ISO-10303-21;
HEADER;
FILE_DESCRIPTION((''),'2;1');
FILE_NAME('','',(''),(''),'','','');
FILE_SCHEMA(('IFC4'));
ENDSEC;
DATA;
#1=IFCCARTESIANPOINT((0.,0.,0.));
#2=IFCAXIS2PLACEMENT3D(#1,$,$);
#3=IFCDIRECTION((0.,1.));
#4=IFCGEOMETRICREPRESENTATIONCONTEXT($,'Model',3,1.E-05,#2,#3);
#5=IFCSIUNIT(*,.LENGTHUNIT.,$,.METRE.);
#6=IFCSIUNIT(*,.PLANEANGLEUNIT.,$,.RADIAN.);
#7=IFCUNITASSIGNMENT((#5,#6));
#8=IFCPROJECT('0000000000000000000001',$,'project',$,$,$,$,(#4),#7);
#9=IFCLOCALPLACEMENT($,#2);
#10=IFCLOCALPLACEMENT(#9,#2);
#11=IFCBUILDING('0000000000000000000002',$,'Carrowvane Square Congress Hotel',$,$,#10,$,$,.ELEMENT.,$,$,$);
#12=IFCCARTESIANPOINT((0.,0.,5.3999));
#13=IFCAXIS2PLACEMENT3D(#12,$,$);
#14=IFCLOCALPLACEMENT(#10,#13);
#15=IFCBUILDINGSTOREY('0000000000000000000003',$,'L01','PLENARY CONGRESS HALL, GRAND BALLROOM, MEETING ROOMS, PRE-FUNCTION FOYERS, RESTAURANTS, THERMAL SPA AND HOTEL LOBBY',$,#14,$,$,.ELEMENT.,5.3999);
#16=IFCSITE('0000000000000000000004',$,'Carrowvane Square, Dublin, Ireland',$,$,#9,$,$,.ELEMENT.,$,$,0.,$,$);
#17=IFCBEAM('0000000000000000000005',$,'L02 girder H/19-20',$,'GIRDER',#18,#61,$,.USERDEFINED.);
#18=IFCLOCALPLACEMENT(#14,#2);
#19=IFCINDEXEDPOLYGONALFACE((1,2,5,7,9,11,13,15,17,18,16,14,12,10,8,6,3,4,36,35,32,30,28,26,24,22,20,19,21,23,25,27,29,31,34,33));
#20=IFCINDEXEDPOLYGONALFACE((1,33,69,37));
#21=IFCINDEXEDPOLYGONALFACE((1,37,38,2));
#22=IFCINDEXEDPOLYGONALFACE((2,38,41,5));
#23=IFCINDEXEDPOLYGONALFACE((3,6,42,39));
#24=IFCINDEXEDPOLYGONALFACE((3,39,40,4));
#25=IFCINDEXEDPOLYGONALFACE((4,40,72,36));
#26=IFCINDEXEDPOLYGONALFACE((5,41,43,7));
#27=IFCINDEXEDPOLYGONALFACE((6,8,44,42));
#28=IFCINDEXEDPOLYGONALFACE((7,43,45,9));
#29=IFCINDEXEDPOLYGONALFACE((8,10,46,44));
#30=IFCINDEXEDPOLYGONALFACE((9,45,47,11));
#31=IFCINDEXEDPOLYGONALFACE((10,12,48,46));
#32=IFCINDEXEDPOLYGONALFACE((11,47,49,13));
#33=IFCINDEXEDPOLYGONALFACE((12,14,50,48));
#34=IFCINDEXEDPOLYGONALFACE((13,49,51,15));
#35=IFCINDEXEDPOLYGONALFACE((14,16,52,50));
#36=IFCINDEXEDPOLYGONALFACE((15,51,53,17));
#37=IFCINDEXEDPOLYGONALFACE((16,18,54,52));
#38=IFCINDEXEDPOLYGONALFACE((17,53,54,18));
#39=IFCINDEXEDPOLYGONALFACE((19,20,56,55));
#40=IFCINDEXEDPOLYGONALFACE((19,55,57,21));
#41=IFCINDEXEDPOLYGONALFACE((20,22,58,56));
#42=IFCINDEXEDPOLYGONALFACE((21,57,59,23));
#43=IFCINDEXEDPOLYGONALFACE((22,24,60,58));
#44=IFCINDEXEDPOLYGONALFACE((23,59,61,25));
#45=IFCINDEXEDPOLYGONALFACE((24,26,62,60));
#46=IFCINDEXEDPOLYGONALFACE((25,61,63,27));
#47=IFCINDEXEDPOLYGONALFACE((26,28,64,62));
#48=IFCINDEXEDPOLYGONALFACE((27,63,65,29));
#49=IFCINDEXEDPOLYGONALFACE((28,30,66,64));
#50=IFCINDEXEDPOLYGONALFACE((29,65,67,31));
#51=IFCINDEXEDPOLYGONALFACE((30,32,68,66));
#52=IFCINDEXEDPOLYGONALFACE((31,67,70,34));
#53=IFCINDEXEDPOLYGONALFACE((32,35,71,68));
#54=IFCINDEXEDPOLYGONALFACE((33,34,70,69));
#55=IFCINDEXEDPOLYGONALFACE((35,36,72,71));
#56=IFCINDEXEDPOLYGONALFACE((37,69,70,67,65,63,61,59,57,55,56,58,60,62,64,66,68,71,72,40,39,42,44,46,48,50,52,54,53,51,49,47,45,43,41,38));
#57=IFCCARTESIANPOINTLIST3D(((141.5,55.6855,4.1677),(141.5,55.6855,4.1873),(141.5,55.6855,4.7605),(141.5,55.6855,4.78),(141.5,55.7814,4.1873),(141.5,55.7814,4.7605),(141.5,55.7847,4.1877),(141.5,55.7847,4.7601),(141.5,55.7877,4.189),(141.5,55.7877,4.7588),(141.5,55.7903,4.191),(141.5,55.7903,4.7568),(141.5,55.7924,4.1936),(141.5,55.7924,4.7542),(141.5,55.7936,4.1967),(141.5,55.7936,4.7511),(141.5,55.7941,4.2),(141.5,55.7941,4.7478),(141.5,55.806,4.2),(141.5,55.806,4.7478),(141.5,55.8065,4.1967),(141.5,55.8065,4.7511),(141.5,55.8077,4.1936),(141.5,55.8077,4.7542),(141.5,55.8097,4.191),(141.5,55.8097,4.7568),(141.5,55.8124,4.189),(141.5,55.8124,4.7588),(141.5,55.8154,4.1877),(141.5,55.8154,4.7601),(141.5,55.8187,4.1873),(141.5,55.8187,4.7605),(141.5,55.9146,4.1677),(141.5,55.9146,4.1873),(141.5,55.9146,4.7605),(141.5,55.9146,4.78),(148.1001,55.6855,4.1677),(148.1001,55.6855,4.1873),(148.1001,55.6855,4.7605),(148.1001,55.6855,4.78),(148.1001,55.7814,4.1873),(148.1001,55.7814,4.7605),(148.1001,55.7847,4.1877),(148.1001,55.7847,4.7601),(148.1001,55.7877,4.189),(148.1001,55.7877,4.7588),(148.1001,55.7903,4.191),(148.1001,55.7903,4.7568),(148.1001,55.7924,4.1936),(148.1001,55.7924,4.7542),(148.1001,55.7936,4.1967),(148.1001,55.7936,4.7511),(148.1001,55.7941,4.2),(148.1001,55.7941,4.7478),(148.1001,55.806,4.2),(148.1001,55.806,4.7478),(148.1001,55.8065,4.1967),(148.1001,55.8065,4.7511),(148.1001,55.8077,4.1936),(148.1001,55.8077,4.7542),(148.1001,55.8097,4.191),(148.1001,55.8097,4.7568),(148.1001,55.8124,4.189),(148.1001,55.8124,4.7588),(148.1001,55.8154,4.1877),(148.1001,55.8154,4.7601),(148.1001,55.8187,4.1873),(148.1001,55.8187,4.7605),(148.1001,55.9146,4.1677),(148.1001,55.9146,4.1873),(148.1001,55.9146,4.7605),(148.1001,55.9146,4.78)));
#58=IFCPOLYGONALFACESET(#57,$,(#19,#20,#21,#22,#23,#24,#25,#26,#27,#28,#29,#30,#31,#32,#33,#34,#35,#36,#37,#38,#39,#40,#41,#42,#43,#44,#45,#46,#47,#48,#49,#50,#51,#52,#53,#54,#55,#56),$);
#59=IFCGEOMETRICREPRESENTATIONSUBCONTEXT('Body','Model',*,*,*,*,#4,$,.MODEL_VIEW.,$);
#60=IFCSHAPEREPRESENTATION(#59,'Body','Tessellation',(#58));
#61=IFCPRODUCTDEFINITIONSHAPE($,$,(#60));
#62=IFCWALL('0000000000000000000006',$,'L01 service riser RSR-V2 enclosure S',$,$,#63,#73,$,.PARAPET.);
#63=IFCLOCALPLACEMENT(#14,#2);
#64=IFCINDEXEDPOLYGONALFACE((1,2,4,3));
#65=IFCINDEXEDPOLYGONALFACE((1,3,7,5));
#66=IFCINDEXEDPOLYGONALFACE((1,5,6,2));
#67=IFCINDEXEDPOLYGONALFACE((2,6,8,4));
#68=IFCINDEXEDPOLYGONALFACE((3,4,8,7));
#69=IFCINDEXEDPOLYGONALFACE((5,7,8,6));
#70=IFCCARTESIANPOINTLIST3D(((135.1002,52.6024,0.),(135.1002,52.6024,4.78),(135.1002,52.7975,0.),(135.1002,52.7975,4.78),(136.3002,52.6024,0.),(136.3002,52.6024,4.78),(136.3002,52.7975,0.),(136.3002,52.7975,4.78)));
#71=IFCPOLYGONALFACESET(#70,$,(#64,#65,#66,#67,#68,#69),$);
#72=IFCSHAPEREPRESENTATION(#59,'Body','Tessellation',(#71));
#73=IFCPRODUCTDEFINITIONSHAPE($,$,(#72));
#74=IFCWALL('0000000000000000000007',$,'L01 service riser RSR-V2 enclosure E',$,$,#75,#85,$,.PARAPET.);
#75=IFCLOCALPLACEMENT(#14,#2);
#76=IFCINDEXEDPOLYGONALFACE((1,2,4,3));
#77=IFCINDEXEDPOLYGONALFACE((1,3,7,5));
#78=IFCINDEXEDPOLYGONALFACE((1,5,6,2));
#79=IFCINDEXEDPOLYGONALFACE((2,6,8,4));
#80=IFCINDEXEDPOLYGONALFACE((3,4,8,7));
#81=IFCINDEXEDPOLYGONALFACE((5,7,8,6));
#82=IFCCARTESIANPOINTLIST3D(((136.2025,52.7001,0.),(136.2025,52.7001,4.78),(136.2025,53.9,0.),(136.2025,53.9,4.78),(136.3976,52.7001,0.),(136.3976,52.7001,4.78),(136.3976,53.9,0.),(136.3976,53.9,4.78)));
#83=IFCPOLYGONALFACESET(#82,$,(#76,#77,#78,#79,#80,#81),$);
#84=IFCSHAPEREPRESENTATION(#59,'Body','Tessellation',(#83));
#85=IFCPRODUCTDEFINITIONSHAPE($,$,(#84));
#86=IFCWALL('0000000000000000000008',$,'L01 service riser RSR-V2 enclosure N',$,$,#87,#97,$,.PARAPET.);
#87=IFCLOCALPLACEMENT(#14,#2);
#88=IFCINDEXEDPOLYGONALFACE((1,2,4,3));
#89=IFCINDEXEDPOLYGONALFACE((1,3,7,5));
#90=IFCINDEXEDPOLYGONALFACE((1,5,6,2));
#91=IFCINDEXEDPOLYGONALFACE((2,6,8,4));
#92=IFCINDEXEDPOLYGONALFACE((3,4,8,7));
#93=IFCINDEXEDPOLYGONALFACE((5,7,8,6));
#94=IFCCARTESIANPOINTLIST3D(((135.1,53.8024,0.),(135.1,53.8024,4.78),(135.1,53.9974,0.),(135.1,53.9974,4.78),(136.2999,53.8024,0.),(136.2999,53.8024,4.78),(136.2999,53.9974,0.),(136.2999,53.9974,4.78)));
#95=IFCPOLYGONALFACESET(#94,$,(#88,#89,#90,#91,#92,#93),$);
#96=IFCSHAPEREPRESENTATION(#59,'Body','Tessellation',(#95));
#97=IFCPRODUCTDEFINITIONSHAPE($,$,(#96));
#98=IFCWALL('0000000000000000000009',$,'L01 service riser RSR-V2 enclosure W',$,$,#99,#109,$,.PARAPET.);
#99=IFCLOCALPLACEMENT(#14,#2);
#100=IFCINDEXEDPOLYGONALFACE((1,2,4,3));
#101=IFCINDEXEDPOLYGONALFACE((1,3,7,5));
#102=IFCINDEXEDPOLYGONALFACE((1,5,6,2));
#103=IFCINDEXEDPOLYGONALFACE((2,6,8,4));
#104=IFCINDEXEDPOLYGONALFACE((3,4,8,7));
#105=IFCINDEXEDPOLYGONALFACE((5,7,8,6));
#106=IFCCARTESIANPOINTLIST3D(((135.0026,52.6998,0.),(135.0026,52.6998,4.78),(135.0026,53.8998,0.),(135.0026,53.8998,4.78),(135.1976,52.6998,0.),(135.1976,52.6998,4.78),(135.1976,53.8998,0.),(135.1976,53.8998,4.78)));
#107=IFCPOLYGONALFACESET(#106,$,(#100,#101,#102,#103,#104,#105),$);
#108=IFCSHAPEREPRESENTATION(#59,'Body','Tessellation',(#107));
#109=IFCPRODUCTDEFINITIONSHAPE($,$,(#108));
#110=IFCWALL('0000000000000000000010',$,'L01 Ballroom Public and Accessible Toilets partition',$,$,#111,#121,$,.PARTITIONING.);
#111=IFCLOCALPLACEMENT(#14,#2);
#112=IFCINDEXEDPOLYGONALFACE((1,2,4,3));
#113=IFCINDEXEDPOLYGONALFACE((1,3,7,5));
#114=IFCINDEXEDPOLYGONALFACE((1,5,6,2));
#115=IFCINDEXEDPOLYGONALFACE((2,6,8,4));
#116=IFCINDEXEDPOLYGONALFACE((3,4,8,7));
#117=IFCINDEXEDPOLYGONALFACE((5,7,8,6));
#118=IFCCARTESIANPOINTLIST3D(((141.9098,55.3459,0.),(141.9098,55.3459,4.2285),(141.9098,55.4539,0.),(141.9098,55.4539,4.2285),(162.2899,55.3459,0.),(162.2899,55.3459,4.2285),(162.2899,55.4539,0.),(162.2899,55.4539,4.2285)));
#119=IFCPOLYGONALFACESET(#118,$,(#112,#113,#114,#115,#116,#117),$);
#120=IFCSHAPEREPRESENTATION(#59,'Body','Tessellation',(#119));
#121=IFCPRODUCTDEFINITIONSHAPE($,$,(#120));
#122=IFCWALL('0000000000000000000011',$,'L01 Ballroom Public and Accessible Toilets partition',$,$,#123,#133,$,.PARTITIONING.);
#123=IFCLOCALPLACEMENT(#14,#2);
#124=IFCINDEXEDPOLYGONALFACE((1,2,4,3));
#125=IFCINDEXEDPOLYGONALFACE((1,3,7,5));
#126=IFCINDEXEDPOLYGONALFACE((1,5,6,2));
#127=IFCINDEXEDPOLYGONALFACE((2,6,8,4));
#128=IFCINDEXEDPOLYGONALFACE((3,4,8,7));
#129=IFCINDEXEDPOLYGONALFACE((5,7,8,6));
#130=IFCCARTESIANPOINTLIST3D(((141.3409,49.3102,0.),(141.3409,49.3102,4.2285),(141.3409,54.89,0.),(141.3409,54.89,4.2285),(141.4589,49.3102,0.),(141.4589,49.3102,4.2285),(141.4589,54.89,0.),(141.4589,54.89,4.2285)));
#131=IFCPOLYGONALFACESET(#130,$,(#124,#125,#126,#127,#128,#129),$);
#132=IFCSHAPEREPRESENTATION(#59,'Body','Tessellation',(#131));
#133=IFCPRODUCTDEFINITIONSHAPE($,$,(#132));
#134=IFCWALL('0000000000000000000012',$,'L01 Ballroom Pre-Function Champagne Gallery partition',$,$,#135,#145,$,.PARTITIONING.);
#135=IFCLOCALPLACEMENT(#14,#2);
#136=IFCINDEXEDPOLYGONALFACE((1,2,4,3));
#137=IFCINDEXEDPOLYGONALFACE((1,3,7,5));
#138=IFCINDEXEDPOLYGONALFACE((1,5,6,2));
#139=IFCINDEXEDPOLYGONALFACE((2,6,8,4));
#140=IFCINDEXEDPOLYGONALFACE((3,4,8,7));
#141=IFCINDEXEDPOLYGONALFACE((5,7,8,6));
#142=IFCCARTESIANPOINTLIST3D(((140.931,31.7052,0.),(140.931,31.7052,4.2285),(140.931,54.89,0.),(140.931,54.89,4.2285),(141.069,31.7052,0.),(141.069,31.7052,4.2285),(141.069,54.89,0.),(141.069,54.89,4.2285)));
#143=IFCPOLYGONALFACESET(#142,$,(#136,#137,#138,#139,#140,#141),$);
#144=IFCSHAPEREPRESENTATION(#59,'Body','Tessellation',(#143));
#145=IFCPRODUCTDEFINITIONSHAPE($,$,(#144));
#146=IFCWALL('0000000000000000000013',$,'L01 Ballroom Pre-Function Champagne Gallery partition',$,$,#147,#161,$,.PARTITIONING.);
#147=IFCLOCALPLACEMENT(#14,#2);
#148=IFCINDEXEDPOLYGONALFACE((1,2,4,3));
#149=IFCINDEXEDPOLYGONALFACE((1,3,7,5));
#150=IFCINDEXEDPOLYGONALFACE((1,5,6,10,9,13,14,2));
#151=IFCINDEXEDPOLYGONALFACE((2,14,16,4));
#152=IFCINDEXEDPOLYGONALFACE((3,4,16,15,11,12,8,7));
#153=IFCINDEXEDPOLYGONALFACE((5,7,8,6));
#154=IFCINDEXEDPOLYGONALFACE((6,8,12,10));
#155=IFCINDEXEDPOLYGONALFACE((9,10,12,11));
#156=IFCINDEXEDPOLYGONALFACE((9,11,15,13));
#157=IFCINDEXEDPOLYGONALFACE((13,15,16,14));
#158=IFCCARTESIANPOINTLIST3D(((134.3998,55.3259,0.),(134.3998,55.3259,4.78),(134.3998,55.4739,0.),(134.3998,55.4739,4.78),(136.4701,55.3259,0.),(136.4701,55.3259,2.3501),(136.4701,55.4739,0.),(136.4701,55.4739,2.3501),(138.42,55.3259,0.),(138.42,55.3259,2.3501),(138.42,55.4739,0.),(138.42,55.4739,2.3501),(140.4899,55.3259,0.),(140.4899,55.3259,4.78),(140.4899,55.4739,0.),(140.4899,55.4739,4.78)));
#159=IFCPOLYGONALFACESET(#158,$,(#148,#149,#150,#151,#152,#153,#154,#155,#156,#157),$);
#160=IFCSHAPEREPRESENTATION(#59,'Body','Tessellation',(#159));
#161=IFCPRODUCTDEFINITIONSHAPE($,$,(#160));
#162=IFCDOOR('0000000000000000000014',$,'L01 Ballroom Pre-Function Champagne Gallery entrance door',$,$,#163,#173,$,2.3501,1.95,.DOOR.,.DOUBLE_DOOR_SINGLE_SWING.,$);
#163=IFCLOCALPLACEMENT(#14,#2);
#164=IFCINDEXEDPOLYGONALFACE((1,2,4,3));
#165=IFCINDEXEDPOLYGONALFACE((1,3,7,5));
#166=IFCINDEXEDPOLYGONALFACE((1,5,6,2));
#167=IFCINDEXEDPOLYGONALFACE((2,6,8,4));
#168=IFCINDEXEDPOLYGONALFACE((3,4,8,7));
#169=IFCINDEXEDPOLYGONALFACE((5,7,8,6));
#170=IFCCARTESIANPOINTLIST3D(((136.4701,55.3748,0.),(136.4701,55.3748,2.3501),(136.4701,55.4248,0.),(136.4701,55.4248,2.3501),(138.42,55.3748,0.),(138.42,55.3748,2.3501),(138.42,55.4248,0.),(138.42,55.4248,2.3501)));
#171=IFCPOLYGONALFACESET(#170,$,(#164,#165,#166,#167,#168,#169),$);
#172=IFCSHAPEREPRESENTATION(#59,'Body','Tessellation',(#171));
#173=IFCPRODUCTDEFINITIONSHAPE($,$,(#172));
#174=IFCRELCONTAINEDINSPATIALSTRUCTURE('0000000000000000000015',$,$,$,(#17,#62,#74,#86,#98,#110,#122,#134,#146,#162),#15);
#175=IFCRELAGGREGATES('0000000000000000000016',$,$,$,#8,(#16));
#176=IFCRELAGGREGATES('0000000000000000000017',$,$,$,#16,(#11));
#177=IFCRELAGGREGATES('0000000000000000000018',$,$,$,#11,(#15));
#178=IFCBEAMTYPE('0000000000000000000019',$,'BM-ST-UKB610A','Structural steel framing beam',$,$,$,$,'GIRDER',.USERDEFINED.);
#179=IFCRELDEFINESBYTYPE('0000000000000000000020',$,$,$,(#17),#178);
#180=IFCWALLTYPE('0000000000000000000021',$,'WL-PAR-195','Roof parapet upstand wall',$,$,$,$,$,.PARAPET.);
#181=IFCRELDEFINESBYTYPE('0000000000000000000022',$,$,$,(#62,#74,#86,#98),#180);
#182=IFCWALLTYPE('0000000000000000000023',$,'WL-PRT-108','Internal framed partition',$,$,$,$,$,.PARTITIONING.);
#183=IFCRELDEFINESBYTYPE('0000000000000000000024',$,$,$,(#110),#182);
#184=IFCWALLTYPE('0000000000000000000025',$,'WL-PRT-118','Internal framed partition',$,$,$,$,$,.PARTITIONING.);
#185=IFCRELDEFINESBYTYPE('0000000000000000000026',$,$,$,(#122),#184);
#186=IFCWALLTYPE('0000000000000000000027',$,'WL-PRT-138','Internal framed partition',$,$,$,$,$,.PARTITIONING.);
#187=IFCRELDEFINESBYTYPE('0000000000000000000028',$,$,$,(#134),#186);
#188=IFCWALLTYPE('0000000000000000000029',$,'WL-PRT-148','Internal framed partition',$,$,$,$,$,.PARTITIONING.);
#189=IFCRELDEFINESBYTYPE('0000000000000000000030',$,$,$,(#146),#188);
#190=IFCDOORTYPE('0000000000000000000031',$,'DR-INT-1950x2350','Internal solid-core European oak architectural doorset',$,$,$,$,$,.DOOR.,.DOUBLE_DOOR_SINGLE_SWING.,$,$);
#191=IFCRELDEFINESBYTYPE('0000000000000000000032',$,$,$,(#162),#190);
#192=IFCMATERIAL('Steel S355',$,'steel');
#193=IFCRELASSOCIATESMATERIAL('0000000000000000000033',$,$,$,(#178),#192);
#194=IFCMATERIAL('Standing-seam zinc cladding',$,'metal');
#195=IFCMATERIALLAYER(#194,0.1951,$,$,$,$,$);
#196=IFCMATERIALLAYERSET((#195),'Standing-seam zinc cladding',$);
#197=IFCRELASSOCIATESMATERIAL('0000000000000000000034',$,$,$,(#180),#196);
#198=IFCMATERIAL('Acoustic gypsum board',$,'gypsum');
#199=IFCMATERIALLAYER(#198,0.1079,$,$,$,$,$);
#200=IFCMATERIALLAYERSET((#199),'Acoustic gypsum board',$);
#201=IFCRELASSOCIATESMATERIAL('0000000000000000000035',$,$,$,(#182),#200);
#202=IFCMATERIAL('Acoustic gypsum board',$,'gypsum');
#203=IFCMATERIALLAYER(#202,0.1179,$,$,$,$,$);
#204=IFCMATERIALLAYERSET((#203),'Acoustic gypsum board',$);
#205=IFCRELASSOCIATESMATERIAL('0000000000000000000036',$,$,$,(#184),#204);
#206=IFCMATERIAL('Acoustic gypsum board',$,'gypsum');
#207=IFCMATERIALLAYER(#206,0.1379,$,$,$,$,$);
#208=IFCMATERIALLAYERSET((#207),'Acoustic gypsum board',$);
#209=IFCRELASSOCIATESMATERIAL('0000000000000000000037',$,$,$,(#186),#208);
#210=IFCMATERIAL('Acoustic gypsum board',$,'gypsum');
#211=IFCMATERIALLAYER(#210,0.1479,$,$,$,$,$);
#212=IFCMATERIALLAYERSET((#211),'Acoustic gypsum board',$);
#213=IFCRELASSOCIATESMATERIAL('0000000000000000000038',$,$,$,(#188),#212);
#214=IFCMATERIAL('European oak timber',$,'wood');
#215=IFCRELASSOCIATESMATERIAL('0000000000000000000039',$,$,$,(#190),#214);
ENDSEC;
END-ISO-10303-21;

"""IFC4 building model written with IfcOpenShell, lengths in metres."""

from ifc_helpers import new_model, si_unit, direction, frame, frame_2d, origin, origin_2d, place, context, subcontext, project, spatial, rectangle, i_section, extrude, material, layer, layer_set, material_profile, profile_set, type_object, element, fill, save


model = new_model("IFC4")

# Units and contexts
model_context = context("Model", 3, precision=1e-05, world=origin(), true_north=direction((0.0, 1.0)))
body_context = subcontext(model_context, "Body", "Model", "MODEL_VIEW")
ifc_project = project(units=[si_unit("LENGTHUNIT", "METRE"), si_unit("PLANEANGLEUNIT", "RADIAN")], contexts=[model_context])

# Site, building, storey
site_placement = place(None, origin())
site = spatial("IfcSite", under=ifc_project, at=site_placement, Name="Carrowvane Square, Dublin, Ireland", CompositionType="ELEMENT", RefElevation=0.0)
building_placement = place(site_placement, origin())
building = spatial("IfcBuilding", under=site, at=building_placement, Name="Carrowvane Square Congress Hotel", CompositionType="ELEMENT")
storey_placement = place(building_placement, frame((0.0, 0.0, 5.3999)))
storey = spatial("IfcBuildingStorey", under=building, at=storey_placement, Name="L01", Description="PLENARY CONGRESS HALL, GRAND BALLROOM, MEETING ROOMS, PRE-FUNCTION FOYERS, RESTAURANTS, THERMAL SPA AND HOTEL LOBBY", CompositionType="ELEMENT", Elevation=5.3999)

# Beam
ifc_material_1 = material(Name="Steel S355", Category="steel")
ifc_material_profile_1 = material_profile(ifc_material_1, i_section(OverallWidth=0.229, OverallDepth=0.6123, WebThickness=0.012, FlangeThickness=0.0195, FilletRadius=0.0127, at=origin_2d()), Name="UKB 610x229x125")
ifc_profile_set_1 = profile_set([ifc_material_profile_1], Name="Steel S355")
beam_type_1 = type_object("IfcBeamType", Name="BM-ST-UKB610A", Description="Structural steel framing beam", ElementType="GIRDER", PredefinedType="USERDEFINED", material=ifc_profile_set_1)
beam_1_placement = place(storey_placement, frame((141.5, 55.8, 4.4739), z_axis=(1.0, 0.0, 0.0), x_axis=(0.0, 1.0, 0.0)))
element("IfcBeam", 1, at=beam_1_placement, inside=storey, type_object=beam_type_1, Name="L02 girder H/19-20", ObjectType="GIRDER", PredefinedType="USERDEFINED", context=body_context, shape_type="SweptSolid", body=[
    extrude(i_section(OverallWidth=0.229, OverallDepth=0.6123, WebThickness=0.012, FlangeThickness=0.0195, FilletRadius=0.0127, at=origin_2d()), origin(), (0.0, 0.0, 1.0), 6.6001),
])

# Walls
ifc_material_2 = material(Name="Standing-seam zinc cladding", Category="metal")
ifc_layer_1 = layer(ifc_material_2, 0.1951)
ifc_layer_set_1 = layer_set([ifc_layer_1], Name="Standing-seam zinc cladding")
wall_type_1 = type_object("IfcWallType", Name="WL-PAR-195", Description="Roof parapet upstand wall", PredefinedType="PARAPET", material=ifc_layer_set_1)
for number, where, z_axis, x_axis, name in (
    (2, (135.1001, 52.7, 0.0), (0.0, 0.0, 1.0), (1.0, 0.0, 0.0), "L01 service riser RSR-V2 enclosure S"),
    (3, (136.3, 52.7, 0.0), (0.0, 0.0, 1.0), (0.0, 1.0, 0.0), "L01 service riser RSR-V2 enclosure E"),
    (4, (136.3, 53.8999, 0.0), (0.0, 0.0, 1.0), (-1.0, 0.0, 0.0), "L01 service riser RSR-V2 enclosure N"),
    (5, (135.1001, 53.8999, 0.0), (0.0, 0.0, 1.0), (0.0, -1.0, 0.0), "L01 service riser RSR-V2 enclosure W"),
):
    element("IfcWall", number, at=place(storey_placement, frame(where, z_axis=z_axis, x_axis=x_axis)), inside=storey, type_object=wall_type_1, Name=name, PredefinedType="PARAPET", context=body_context, shape_type="SweptSolid", body=[
        extrude(rectangle(XDim=1.2, YDim=0.1951, at=frame_2d((0.6001, 0.0))), origin(), (0.0, 0.0, 1.0), 4.78),
    ])
ifc_material_3 = material(Name="Acoustic gypsum board", Category="gypsum")
ifc_layer_2 = layer(ifc_material_3, 0.1079)
ifc_layer_set_2 = layer_set([ifc_layer_2], Name="Acoustic gypsum board")
wall_type_2 = type_object("IfcWallType", Name="WL-PRT-108", Description="Internal framed partition", PredefinedType="PARTITIONING", material=ifc_layer_set_2)
wall_1_placement = place(storey_placement, frame((141.9099, 55.3999, 0.0), z_axis=(0.0, 0.0, 1.0), x_axis=(1.0, 0.0, 0.0)))
element("IfcWall", 6, at=wall_1_placement, inside=storey, type_object=wall_type_2, Name="L01 Ballroom Public and Accessible Toilets partition", PredefinedType="PARTITIONING", context=body_context, shape_type="SweptSolid", body=[
    extrude(rectangle(XDim=20.3801, YDim=0.1079, at=frame_2d((10.1899, 0.0))), origin(), (0.0, 0.0, 1.0), 4.2285),
])
ifc_material_4 = material(Name="Acoustic gypsum board", Category="gypsum")
ifc_layer_3 = layer(ifc_material_4, 0.1179)
ifc_layer_set_3 = layer_set([ifc_layer_3], Name="Acoustic gypsum board")
wall_type_3 = type_object("IfcWallType", Name="WL-PRT-118", Description="Internal framed partition", PredefinedType="PARTITIONING", material=ifc_layer_set_3)
wall_2_placement = place(storey_placement, frame((141.3999, 49.3101, 0.0), z_axis=(0.0, 0.0, 1.0), x_axis=(0.0, 1.0, 0.0)))
element("IfcWall", 7, at=wall_2_placement, inside=storey, type_object=wall_type_3, Name="L01 Ballroom Public and Accessible Toilets partition", PredefinedType="PARTITIONING", context=body_context, shape_type="SweptSolid", body=[
    extrude(rectangle(XDim=5.5798, YDim=0.1179, at=frame_2d((2.79, 0.0))), origin(), (0.0, 0.0, 1.0), 4.2285),
])
ifc_material_5 = material(Name="Acoustic gypsum board", Category="gypsum")
ifc_layer_4 = layer(ifc_material_5, 0.1379)
ifc_layer_set_4 = layer_set([ifc_layer_4], Name="Acoustic gypsum board")
wall_type_4 = type_object("IfcWallType", Name="WL-PRT-138", Description="Internal framed partition", PredefinedType="PARTITIONING", material=ifc_layer_set_4)
wall_3_placement = place(storey_placement, frame((141.0, 54.8899, 0.0), z_axis=(0.0, 0.0, 1.0), x_axis=(0.0, -1.0, 0.0)))
element("IfcWall", 8, at=wall_3_placement, inside=storey, type_object=wall_type_4, Name="L01 Ballroom Pre-Function Champagne Gallery partition", PredefinedType="PARTITIONING", context=body_context, shape_type="SweptSolid", body=[
    extrude(rectangle(XDim=23.1848, YDim=0.1379, at=frame_2d((11.5923, 0.0))), origin(), (0.0, 0.0, 1.0), 4.2285),
])

# Wall, opening, door
ifc_material_6 = material(Name="Acoustic gypsum board", Category="gypsum")
ifc_layer_5 = layer(ifc_material_6, 0.1479)
ifc_layer_set_5 = layer_set([ifc_layer_5], Name="Acoustic gypsum board")
wall_type_5 = type_object("IfcWallType", Name="WL-PRT-148", Description="Internal framed partition", PredefinedType="PARTITIONING", material=ifc_layer_set_5)
wall_4_placement = place(storey_placement, frame((134.3999, 55.3999, 0.0), z_axis=(0.0, 0.0, 1.0), x_axis=(1.0, 0.0, 0.0)))
wall_4 = element("IfcWall", 9, at=wall_4_placement, inside=storey, type_object=wall_type_5, Name="L01 Ballroom Pre-Function Champagne Gallery partition", PredefinedType="PARTITIONING", context=body_context, shape_type="SweptSolid", body=[
    extrude(rectangle(XDim=6.0901, YDim=0.1479, at=frame_2d((3.0449, 0.0))), origin(), (0.0, 0.0, 1.0), 4.78),
])
opening_placement = place(wall_4_placement, frame((2.0701, 0.0, 0.0)))
opening = element("IfcOpeningElement", 10, at=opening_placement, cuts=wall_4, PredefinedType="OPENING", context=body_context, shape_type="SweptSolid", body=[
    extrude(rectangle(XDim=1.95, YDim=2.3501, at=frame_2d((0.9751, 1.175))), frame((0.0, 0.084, 0.0), z_axis=(0.0, -1.0, 0.0), x_axis=(1.0, 0.0, 0.0)), (0.0, 0.0, 1.0), 0.168),
])
ifc_material_7 = material(Name="European oak timber", Category="wood")
door_type = type_object("IfcDoorType", Name="DR-INT-1950x2350", Description="Internal solid-core European oak architectural doorset", OperationType="DOUBLE_DOOR_SINGLE_SWING", PredefinedType="DOOR", material=ifc_material_7)
door_placement = place(opening_placement, origin())
door = element("IfcDoor", 11, at=door_placement, inside=storey, type_object=door_type, Name="L01 Ballroom Pre-Function Champagne Gallery entrance door", OperationType="DOUBLE_DOOR_SINGLE_SWING", OverallHeight=2.3501, OverallWidth=1.95, PredefinedType="DOOR", context=body_context, shape_type="SweptSolid", body=[
    extrude(rectangle(XDim=1.95, YDim=2.3501, at=frame_2d((0.9751, 1.175))), frame((0.0, 0.0249, 0.0), z_axis=(0.0, -1.0, 0.0), x_axis=(1.0, 0.0, 0.0)), (0.0, 0.0, 1.0), 0.05),
])
fill(opening, door)

save(model, "model.ifc")
